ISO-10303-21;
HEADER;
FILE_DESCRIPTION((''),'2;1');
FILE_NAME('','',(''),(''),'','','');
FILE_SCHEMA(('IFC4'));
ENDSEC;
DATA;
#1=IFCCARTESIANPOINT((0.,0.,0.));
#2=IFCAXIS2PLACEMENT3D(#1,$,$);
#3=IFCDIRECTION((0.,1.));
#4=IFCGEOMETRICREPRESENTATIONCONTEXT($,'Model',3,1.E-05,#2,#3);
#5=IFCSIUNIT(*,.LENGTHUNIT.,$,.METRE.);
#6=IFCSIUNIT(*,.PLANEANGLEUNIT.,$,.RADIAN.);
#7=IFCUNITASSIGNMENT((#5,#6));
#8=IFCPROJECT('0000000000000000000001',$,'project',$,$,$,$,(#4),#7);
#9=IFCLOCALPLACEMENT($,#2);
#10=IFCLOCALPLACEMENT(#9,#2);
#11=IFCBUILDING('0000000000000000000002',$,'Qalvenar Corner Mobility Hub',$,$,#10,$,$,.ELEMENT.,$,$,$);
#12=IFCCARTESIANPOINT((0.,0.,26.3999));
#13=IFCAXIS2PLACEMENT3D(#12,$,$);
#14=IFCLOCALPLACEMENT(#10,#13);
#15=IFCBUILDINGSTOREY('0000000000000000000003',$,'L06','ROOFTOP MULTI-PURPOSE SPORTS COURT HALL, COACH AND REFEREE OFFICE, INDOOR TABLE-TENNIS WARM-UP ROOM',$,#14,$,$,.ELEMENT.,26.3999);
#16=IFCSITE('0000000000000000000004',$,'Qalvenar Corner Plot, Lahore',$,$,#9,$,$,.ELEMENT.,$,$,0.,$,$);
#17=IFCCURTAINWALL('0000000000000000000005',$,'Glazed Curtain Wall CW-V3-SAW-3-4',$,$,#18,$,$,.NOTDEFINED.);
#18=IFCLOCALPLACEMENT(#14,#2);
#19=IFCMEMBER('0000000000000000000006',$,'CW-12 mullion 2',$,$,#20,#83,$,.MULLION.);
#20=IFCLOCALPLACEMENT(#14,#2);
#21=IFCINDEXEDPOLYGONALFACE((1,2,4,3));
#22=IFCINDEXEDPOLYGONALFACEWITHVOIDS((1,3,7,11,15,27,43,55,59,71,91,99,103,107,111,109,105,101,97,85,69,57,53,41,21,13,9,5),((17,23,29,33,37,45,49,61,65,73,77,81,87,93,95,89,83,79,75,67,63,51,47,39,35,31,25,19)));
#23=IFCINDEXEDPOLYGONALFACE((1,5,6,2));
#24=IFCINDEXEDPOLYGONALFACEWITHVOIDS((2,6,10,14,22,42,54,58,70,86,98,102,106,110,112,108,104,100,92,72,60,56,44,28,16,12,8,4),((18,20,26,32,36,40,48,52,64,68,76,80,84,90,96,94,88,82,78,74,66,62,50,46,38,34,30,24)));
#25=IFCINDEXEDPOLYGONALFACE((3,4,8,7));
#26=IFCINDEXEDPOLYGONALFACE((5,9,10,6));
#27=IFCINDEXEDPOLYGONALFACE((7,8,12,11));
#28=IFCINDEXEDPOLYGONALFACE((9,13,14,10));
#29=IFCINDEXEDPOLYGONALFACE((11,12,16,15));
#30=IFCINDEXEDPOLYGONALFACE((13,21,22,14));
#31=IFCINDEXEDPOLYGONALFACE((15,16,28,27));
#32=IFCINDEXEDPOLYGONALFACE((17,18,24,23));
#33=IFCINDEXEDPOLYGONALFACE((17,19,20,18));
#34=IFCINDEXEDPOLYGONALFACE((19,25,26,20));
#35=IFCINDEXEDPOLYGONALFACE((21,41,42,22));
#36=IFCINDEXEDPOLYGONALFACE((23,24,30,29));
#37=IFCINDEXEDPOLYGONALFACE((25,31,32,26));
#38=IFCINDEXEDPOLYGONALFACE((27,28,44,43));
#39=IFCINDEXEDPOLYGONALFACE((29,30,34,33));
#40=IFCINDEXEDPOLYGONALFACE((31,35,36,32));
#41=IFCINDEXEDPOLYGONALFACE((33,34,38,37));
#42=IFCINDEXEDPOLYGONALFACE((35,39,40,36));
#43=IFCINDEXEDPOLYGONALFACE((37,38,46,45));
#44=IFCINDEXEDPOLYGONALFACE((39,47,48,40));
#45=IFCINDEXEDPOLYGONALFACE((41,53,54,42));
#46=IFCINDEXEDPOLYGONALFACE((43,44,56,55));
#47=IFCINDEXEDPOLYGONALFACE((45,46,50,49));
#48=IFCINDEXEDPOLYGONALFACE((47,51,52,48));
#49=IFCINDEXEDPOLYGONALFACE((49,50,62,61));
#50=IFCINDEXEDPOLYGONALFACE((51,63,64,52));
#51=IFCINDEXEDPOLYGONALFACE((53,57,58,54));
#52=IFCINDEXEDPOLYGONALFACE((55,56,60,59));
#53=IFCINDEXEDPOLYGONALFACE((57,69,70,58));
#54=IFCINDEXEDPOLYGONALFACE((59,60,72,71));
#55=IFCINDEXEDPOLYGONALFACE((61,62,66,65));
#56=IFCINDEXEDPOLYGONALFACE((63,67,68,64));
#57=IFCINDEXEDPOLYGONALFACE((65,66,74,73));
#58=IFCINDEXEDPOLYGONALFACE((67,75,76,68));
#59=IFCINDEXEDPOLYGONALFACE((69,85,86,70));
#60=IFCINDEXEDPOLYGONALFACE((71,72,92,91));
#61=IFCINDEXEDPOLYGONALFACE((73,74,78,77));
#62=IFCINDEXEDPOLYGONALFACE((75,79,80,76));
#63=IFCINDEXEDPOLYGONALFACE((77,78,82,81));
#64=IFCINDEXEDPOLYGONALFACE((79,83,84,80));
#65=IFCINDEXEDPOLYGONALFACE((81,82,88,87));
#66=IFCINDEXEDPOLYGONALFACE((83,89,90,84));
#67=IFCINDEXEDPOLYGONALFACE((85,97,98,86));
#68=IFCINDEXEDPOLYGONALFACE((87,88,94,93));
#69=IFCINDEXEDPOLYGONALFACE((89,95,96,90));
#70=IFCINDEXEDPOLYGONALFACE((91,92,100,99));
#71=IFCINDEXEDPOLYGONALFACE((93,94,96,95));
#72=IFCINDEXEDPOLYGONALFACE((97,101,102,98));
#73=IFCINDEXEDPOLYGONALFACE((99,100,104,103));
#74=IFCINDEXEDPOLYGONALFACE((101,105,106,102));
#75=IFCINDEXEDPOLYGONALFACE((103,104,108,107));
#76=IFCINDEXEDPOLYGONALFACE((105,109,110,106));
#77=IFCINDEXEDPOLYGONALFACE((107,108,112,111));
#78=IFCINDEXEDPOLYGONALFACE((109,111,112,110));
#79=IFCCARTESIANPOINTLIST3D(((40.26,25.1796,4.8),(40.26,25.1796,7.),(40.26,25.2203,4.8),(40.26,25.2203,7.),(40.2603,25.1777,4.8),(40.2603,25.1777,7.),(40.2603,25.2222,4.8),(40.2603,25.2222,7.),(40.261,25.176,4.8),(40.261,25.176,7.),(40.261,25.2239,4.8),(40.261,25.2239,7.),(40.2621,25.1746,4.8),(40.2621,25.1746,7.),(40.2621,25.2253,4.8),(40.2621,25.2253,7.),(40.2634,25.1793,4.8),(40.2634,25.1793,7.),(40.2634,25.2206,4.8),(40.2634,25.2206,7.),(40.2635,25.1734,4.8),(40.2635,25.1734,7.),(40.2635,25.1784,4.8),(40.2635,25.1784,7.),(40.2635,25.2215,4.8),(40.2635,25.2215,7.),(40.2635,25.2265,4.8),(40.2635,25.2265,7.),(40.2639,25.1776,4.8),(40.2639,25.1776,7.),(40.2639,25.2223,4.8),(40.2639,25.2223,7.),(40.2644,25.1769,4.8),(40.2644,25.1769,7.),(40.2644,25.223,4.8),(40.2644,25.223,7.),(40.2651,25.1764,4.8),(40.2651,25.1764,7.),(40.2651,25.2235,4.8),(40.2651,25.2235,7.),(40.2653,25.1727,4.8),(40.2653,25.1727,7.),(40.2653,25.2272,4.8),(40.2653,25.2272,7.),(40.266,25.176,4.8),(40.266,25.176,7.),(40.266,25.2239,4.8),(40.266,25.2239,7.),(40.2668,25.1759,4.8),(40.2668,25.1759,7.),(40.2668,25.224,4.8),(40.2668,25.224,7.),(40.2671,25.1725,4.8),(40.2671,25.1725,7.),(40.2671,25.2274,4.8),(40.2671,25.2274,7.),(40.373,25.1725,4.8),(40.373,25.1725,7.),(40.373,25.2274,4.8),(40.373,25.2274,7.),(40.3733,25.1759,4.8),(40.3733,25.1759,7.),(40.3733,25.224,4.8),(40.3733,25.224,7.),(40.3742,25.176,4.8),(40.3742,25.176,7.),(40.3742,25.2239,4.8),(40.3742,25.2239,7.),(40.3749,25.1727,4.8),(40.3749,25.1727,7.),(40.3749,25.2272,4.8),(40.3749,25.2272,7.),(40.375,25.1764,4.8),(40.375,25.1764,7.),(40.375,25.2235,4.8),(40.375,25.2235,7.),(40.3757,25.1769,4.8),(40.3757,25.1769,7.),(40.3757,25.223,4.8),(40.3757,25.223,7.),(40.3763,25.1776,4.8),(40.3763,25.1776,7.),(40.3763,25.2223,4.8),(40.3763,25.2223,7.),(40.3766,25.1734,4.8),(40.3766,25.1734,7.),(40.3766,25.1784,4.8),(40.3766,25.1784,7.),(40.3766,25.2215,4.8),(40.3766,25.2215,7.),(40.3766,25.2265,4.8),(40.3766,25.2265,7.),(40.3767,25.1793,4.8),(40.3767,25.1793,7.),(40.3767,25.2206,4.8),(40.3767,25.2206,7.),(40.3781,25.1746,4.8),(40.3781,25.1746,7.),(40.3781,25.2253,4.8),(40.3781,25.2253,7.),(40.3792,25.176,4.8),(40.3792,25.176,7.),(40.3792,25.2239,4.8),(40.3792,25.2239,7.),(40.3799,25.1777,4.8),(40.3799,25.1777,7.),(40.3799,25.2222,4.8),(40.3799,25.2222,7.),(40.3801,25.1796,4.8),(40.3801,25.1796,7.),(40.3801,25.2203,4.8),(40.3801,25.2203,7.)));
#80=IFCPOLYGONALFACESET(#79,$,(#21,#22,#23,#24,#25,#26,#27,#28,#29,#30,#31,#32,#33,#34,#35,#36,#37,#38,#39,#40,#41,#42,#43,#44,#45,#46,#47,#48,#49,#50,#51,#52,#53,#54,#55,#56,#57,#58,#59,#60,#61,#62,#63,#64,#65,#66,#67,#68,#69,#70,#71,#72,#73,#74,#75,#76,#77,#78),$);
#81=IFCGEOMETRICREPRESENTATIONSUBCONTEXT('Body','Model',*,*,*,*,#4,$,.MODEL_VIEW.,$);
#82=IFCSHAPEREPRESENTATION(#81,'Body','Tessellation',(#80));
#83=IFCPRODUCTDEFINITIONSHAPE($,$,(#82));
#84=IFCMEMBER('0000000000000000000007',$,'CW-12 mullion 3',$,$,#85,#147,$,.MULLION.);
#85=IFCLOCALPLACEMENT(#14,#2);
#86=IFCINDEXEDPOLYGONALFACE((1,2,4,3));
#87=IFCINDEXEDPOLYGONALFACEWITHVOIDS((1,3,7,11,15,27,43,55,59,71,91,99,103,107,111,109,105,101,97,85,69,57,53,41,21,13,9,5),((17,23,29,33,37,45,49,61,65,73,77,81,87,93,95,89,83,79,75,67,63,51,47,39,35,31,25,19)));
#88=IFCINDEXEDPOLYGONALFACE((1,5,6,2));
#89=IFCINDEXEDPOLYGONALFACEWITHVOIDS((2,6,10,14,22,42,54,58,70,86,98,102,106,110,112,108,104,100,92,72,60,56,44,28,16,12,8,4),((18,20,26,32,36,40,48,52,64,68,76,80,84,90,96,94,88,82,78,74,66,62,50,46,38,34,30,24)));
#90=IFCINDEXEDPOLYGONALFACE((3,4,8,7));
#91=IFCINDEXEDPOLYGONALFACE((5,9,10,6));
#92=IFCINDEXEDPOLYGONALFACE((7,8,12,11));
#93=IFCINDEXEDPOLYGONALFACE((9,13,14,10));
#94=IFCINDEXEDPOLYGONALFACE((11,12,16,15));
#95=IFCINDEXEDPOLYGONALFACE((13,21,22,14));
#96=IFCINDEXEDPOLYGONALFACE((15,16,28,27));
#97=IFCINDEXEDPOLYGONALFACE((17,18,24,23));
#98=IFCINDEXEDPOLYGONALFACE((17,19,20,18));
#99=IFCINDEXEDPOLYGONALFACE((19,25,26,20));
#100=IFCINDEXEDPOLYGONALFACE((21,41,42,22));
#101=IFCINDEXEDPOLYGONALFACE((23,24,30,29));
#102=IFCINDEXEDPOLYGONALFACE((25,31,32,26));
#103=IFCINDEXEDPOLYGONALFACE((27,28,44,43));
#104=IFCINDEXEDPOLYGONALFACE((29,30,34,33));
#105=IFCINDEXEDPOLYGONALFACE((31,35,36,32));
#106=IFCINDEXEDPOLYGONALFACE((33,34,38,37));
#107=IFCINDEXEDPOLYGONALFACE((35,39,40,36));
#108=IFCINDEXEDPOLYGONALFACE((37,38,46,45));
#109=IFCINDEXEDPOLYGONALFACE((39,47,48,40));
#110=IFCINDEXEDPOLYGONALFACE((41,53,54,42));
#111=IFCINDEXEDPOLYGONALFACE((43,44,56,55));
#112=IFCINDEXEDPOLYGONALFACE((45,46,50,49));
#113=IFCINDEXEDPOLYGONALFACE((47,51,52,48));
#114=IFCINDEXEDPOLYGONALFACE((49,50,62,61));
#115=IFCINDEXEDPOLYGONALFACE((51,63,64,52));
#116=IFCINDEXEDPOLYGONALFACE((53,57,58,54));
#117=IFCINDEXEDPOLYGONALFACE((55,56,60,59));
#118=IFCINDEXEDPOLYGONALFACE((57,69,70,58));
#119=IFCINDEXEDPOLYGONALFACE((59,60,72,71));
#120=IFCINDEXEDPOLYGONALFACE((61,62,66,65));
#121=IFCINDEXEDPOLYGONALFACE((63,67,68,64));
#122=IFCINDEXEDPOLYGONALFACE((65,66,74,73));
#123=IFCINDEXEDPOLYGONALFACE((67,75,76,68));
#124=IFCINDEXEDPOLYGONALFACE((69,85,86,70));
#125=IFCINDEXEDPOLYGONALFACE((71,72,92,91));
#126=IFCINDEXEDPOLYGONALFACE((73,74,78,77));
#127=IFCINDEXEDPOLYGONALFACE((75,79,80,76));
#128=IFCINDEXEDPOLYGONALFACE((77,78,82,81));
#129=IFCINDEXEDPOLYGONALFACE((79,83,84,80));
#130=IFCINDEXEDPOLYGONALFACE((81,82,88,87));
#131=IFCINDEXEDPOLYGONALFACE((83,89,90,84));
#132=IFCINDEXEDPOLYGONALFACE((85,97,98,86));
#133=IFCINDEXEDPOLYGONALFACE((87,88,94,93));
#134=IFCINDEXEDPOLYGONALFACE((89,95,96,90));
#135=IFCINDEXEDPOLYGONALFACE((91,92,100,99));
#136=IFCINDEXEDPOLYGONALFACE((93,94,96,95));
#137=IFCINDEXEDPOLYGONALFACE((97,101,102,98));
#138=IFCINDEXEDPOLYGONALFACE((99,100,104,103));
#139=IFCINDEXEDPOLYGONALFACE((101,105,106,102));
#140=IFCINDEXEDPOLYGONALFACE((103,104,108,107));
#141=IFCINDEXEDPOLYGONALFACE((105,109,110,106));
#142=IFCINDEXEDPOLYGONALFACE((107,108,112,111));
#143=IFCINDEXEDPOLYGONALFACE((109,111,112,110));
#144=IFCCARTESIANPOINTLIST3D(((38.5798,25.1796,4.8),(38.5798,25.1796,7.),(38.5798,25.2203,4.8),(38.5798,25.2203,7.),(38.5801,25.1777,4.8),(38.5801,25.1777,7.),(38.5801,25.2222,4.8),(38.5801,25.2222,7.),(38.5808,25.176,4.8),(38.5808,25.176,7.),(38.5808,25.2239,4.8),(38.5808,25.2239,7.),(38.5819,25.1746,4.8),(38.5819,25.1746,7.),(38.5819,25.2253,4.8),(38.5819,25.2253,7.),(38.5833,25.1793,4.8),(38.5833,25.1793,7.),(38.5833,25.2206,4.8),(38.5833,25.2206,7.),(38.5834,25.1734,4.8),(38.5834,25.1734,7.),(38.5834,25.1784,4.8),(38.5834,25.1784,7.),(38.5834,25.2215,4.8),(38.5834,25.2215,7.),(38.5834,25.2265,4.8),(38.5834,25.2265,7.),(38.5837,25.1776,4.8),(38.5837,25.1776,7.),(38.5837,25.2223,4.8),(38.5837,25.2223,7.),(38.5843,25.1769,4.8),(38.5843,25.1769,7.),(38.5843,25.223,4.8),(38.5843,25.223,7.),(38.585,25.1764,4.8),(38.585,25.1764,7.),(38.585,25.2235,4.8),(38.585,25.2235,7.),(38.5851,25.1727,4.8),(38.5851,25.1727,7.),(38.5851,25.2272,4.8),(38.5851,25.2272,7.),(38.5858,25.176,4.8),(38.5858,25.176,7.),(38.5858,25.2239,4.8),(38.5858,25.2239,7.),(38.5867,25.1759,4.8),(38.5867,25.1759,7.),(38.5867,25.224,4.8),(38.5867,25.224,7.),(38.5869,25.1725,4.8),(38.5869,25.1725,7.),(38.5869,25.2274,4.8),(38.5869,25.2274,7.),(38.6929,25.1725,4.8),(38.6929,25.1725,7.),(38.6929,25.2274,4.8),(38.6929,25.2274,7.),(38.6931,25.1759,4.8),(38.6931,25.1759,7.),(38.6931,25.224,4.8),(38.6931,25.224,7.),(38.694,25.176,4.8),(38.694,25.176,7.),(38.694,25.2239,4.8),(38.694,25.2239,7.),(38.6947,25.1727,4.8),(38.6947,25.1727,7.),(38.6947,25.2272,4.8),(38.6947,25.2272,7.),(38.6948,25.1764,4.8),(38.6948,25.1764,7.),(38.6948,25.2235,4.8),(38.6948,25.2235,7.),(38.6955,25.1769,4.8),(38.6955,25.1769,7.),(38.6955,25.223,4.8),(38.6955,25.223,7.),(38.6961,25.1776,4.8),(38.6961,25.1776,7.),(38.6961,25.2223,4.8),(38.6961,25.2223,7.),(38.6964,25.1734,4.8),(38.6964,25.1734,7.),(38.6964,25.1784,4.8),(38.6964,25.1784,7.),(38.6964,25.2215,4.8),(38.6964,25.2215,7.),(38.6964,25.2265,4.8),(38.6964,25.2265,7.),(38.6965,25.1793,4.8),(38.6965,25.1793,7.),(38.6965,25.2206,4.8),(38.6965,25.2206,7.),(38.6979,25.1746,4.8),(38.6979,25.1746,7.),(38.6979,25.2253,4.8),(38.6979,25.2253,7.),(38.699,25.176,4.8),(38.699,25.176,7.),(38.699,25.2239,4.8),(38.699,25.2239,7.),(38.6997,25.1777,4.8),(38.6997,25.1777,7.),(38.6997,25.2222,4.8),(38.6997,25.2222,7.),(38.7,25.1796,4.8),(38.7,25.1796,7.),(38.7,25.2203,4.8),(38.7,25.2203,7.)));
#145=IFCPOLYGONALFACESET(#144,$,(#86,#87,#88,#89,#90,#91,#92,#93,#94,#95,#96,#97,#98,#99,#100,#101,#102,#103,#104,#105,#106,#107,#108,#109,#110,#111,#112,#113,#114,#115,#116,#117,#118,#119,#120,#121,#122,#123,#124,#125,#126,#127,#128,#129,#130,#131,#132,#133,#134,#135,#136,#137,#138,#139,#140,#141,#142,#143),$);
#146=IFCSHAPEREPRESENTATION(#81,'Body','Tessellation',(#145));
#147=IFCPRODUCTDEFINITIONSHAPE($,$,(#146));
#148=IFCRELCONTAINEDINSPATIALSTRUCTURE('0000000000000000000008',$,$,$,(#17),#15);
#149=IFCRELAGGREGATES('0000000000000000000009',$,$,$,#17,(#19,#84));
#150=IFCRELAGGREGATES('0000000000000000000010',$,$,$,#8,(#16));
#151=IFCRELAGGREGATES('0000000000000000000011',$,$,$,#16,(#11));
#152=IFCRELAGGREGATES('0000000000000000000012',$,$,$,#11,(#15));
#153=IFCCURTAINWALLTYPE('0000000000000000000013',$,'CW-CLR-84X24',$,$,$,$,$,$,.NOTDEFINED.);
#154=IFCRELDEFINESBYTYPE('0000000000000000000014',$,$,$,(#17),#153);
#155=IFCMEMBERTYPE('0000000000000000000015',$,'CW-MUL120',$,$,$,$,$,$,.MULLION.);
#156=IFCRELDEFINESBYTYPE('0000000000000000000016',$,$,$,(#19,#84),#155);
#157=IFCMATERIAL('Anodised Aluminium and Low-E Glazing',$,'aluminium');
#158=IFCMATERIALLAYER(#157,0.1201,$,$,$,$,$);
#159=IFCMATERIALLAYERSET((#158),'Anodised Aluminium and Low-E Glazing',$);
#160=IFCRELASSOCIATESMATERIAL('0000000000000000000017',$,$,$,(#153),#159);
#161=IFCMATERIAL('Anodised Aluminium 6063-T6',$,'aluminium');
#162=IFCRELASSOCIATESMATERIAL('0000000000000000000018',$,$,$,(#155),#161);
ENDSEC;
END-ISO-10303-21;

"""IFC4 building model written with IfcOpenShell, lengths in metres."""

from ifc_helpers import new_model, si_unit, direction, frame, origin, origin_2d, place, context, subcontext, project, spatial, hollow_rectangle, extrude, material, layer, layer_set, material_profile, profile_set, type_object, element, aggregate, save


model = new_model("IFC4")

# Units and contexts
model_context = context("Model", 3, precision=1e-05, world=origin(), true_north=direction((0.0, 1.0)))
body_context = subcontext(model_context, "Body", "Model", "MODEL_VIEW")
ifc_project = project(units=[si_unit("LENGTHUNIT", "METRE"), si_unit("PLANEANGLEUNIT", "RADIAN")], contexts=[model_context])

# Site, building, storey
site_placement = place(None, origin())
site = spatial("IfcSite", under=ifc_project, at=site_placement, Name="Qalvenar Corner Plot, Lahore", CompositionType="ELEMENT", RefElevation=0.0)
building_placement = place(site_placement, origin())
building = spatial("IfcBuilding", under=site, at=building_placement, Name="Qalvenar Corner Mobility Hub", CompositionType="ELEMENT")
storey_placement = place(building_placement, frame((0.0, 0.0, 26.3999)))
storey = spatial("IfcBuildingStorey", under=building, at=storey_placement, Name="L06", Description="ROOFTOP MULTI-PURPOSE SPORTS COURT HALL, COACH AND REFEREE OFFICE, INDOOR TABLE-TENNIS WARM-UP ROOM", CompositionType="ELEMENT", Elevation=26.3999)

# Curtain wall, members
ifc_material_1 = material(Name="Anodised Aluminium and Low-E Glazing", Category="aluminium")
ifc_layer_1 = layer(ifc_material_1, 0.1201)
ifc_layer_set_1 = layer_set([ifc_layer_1], Name="Anodised Aluminium and Low-E Glazing")
curtain_wall_type = type_object("IfcCurtainWallType", Name="CW-CLR-84X24", PredefinedType="NOTDEFINED", material=ifc_layer_set_1)
ifc_material_2 = material(Name="Anodised Aluminium 6063-T6", Category="aluminium")
ifc_material_profile_1 = material_profile(ifc_material_2, hollow_rectangle(XDim=0.0549, YDim=0.1201, WallThickness=0.0034, InnerFilletRadius=0.0034, OuterFilletRadius=0.0071, at=origin_2d()), Name="RHS120x55x3.5")
ifc_profile_set_1 = profile_set([ifc_material_profile_1], Name="Anodised Aluminium 6063-T6")
member_type_1 = type_object("IfcMemberType", Name="CW-MUL120", PredefinedType="MULLION", material=ifc_profile_set_1)
curtain_wall_1_placement = place(storey_placement, origin())
curtain_wall_1 = element("IfcCurtainWall", 1, at=curtain_wall_1_placement, inside=storey, type_object=curtain_wall_type, Name="Glazed Curtain Wall CW-V3-SAW-3-4", PredefinedType="NOTDEFINED")
member_1_placement = place(storey_placement, frame((40.3201, 25.2, 4.8), z_axis=(0.0, 0.0, 1.0), x_axis=(0.0, -1.0, 0.0)))
member_1 = element("IfcMember", 2, at=member_1_placement, type_object=member_type_1, Name="CW-12 mullion 2", PredefinedType="MULLION", context=body_context, shape_type="SweptSolid", body=[
    extrude(hollow_rectangle(XDim=0.0549, YDim=0.1201, WallThickness=0.0034, InnerFilletRadius=0.0034, OuterFilletRadius=0.0071, at=origin_2d()), origin(), (0.0, 0.0, 1.0), 2.2),
])
member_2_placement = place(storey_placement, frame((38.6399, 25.2, 4.8), z_axis=(0.0, 0.0, 1.0), x_axis=(0.0, -1.0, 0.0)))
member_2 = element("IfcMember", 3, at=member_2_placement, type_object=member_type_1, Name="CW-12 mullion 3", PredefinedType="MULLION", context=body_context, shape_type="SweptSolid", body=[
    extrude(hollow_rectangle(XDim=0.0549, YDim=0.1201, WallThickness=0.0034, InnerFilletRadius=0.0034, OuterFilletRadius=0.0071, at=origin_2d()), origin(), (0.0, 0.0, 1.0), 2.2),
])

aggregate(curtain_wall_1, [member_1, member_2])

save(model, "model.ifc")
